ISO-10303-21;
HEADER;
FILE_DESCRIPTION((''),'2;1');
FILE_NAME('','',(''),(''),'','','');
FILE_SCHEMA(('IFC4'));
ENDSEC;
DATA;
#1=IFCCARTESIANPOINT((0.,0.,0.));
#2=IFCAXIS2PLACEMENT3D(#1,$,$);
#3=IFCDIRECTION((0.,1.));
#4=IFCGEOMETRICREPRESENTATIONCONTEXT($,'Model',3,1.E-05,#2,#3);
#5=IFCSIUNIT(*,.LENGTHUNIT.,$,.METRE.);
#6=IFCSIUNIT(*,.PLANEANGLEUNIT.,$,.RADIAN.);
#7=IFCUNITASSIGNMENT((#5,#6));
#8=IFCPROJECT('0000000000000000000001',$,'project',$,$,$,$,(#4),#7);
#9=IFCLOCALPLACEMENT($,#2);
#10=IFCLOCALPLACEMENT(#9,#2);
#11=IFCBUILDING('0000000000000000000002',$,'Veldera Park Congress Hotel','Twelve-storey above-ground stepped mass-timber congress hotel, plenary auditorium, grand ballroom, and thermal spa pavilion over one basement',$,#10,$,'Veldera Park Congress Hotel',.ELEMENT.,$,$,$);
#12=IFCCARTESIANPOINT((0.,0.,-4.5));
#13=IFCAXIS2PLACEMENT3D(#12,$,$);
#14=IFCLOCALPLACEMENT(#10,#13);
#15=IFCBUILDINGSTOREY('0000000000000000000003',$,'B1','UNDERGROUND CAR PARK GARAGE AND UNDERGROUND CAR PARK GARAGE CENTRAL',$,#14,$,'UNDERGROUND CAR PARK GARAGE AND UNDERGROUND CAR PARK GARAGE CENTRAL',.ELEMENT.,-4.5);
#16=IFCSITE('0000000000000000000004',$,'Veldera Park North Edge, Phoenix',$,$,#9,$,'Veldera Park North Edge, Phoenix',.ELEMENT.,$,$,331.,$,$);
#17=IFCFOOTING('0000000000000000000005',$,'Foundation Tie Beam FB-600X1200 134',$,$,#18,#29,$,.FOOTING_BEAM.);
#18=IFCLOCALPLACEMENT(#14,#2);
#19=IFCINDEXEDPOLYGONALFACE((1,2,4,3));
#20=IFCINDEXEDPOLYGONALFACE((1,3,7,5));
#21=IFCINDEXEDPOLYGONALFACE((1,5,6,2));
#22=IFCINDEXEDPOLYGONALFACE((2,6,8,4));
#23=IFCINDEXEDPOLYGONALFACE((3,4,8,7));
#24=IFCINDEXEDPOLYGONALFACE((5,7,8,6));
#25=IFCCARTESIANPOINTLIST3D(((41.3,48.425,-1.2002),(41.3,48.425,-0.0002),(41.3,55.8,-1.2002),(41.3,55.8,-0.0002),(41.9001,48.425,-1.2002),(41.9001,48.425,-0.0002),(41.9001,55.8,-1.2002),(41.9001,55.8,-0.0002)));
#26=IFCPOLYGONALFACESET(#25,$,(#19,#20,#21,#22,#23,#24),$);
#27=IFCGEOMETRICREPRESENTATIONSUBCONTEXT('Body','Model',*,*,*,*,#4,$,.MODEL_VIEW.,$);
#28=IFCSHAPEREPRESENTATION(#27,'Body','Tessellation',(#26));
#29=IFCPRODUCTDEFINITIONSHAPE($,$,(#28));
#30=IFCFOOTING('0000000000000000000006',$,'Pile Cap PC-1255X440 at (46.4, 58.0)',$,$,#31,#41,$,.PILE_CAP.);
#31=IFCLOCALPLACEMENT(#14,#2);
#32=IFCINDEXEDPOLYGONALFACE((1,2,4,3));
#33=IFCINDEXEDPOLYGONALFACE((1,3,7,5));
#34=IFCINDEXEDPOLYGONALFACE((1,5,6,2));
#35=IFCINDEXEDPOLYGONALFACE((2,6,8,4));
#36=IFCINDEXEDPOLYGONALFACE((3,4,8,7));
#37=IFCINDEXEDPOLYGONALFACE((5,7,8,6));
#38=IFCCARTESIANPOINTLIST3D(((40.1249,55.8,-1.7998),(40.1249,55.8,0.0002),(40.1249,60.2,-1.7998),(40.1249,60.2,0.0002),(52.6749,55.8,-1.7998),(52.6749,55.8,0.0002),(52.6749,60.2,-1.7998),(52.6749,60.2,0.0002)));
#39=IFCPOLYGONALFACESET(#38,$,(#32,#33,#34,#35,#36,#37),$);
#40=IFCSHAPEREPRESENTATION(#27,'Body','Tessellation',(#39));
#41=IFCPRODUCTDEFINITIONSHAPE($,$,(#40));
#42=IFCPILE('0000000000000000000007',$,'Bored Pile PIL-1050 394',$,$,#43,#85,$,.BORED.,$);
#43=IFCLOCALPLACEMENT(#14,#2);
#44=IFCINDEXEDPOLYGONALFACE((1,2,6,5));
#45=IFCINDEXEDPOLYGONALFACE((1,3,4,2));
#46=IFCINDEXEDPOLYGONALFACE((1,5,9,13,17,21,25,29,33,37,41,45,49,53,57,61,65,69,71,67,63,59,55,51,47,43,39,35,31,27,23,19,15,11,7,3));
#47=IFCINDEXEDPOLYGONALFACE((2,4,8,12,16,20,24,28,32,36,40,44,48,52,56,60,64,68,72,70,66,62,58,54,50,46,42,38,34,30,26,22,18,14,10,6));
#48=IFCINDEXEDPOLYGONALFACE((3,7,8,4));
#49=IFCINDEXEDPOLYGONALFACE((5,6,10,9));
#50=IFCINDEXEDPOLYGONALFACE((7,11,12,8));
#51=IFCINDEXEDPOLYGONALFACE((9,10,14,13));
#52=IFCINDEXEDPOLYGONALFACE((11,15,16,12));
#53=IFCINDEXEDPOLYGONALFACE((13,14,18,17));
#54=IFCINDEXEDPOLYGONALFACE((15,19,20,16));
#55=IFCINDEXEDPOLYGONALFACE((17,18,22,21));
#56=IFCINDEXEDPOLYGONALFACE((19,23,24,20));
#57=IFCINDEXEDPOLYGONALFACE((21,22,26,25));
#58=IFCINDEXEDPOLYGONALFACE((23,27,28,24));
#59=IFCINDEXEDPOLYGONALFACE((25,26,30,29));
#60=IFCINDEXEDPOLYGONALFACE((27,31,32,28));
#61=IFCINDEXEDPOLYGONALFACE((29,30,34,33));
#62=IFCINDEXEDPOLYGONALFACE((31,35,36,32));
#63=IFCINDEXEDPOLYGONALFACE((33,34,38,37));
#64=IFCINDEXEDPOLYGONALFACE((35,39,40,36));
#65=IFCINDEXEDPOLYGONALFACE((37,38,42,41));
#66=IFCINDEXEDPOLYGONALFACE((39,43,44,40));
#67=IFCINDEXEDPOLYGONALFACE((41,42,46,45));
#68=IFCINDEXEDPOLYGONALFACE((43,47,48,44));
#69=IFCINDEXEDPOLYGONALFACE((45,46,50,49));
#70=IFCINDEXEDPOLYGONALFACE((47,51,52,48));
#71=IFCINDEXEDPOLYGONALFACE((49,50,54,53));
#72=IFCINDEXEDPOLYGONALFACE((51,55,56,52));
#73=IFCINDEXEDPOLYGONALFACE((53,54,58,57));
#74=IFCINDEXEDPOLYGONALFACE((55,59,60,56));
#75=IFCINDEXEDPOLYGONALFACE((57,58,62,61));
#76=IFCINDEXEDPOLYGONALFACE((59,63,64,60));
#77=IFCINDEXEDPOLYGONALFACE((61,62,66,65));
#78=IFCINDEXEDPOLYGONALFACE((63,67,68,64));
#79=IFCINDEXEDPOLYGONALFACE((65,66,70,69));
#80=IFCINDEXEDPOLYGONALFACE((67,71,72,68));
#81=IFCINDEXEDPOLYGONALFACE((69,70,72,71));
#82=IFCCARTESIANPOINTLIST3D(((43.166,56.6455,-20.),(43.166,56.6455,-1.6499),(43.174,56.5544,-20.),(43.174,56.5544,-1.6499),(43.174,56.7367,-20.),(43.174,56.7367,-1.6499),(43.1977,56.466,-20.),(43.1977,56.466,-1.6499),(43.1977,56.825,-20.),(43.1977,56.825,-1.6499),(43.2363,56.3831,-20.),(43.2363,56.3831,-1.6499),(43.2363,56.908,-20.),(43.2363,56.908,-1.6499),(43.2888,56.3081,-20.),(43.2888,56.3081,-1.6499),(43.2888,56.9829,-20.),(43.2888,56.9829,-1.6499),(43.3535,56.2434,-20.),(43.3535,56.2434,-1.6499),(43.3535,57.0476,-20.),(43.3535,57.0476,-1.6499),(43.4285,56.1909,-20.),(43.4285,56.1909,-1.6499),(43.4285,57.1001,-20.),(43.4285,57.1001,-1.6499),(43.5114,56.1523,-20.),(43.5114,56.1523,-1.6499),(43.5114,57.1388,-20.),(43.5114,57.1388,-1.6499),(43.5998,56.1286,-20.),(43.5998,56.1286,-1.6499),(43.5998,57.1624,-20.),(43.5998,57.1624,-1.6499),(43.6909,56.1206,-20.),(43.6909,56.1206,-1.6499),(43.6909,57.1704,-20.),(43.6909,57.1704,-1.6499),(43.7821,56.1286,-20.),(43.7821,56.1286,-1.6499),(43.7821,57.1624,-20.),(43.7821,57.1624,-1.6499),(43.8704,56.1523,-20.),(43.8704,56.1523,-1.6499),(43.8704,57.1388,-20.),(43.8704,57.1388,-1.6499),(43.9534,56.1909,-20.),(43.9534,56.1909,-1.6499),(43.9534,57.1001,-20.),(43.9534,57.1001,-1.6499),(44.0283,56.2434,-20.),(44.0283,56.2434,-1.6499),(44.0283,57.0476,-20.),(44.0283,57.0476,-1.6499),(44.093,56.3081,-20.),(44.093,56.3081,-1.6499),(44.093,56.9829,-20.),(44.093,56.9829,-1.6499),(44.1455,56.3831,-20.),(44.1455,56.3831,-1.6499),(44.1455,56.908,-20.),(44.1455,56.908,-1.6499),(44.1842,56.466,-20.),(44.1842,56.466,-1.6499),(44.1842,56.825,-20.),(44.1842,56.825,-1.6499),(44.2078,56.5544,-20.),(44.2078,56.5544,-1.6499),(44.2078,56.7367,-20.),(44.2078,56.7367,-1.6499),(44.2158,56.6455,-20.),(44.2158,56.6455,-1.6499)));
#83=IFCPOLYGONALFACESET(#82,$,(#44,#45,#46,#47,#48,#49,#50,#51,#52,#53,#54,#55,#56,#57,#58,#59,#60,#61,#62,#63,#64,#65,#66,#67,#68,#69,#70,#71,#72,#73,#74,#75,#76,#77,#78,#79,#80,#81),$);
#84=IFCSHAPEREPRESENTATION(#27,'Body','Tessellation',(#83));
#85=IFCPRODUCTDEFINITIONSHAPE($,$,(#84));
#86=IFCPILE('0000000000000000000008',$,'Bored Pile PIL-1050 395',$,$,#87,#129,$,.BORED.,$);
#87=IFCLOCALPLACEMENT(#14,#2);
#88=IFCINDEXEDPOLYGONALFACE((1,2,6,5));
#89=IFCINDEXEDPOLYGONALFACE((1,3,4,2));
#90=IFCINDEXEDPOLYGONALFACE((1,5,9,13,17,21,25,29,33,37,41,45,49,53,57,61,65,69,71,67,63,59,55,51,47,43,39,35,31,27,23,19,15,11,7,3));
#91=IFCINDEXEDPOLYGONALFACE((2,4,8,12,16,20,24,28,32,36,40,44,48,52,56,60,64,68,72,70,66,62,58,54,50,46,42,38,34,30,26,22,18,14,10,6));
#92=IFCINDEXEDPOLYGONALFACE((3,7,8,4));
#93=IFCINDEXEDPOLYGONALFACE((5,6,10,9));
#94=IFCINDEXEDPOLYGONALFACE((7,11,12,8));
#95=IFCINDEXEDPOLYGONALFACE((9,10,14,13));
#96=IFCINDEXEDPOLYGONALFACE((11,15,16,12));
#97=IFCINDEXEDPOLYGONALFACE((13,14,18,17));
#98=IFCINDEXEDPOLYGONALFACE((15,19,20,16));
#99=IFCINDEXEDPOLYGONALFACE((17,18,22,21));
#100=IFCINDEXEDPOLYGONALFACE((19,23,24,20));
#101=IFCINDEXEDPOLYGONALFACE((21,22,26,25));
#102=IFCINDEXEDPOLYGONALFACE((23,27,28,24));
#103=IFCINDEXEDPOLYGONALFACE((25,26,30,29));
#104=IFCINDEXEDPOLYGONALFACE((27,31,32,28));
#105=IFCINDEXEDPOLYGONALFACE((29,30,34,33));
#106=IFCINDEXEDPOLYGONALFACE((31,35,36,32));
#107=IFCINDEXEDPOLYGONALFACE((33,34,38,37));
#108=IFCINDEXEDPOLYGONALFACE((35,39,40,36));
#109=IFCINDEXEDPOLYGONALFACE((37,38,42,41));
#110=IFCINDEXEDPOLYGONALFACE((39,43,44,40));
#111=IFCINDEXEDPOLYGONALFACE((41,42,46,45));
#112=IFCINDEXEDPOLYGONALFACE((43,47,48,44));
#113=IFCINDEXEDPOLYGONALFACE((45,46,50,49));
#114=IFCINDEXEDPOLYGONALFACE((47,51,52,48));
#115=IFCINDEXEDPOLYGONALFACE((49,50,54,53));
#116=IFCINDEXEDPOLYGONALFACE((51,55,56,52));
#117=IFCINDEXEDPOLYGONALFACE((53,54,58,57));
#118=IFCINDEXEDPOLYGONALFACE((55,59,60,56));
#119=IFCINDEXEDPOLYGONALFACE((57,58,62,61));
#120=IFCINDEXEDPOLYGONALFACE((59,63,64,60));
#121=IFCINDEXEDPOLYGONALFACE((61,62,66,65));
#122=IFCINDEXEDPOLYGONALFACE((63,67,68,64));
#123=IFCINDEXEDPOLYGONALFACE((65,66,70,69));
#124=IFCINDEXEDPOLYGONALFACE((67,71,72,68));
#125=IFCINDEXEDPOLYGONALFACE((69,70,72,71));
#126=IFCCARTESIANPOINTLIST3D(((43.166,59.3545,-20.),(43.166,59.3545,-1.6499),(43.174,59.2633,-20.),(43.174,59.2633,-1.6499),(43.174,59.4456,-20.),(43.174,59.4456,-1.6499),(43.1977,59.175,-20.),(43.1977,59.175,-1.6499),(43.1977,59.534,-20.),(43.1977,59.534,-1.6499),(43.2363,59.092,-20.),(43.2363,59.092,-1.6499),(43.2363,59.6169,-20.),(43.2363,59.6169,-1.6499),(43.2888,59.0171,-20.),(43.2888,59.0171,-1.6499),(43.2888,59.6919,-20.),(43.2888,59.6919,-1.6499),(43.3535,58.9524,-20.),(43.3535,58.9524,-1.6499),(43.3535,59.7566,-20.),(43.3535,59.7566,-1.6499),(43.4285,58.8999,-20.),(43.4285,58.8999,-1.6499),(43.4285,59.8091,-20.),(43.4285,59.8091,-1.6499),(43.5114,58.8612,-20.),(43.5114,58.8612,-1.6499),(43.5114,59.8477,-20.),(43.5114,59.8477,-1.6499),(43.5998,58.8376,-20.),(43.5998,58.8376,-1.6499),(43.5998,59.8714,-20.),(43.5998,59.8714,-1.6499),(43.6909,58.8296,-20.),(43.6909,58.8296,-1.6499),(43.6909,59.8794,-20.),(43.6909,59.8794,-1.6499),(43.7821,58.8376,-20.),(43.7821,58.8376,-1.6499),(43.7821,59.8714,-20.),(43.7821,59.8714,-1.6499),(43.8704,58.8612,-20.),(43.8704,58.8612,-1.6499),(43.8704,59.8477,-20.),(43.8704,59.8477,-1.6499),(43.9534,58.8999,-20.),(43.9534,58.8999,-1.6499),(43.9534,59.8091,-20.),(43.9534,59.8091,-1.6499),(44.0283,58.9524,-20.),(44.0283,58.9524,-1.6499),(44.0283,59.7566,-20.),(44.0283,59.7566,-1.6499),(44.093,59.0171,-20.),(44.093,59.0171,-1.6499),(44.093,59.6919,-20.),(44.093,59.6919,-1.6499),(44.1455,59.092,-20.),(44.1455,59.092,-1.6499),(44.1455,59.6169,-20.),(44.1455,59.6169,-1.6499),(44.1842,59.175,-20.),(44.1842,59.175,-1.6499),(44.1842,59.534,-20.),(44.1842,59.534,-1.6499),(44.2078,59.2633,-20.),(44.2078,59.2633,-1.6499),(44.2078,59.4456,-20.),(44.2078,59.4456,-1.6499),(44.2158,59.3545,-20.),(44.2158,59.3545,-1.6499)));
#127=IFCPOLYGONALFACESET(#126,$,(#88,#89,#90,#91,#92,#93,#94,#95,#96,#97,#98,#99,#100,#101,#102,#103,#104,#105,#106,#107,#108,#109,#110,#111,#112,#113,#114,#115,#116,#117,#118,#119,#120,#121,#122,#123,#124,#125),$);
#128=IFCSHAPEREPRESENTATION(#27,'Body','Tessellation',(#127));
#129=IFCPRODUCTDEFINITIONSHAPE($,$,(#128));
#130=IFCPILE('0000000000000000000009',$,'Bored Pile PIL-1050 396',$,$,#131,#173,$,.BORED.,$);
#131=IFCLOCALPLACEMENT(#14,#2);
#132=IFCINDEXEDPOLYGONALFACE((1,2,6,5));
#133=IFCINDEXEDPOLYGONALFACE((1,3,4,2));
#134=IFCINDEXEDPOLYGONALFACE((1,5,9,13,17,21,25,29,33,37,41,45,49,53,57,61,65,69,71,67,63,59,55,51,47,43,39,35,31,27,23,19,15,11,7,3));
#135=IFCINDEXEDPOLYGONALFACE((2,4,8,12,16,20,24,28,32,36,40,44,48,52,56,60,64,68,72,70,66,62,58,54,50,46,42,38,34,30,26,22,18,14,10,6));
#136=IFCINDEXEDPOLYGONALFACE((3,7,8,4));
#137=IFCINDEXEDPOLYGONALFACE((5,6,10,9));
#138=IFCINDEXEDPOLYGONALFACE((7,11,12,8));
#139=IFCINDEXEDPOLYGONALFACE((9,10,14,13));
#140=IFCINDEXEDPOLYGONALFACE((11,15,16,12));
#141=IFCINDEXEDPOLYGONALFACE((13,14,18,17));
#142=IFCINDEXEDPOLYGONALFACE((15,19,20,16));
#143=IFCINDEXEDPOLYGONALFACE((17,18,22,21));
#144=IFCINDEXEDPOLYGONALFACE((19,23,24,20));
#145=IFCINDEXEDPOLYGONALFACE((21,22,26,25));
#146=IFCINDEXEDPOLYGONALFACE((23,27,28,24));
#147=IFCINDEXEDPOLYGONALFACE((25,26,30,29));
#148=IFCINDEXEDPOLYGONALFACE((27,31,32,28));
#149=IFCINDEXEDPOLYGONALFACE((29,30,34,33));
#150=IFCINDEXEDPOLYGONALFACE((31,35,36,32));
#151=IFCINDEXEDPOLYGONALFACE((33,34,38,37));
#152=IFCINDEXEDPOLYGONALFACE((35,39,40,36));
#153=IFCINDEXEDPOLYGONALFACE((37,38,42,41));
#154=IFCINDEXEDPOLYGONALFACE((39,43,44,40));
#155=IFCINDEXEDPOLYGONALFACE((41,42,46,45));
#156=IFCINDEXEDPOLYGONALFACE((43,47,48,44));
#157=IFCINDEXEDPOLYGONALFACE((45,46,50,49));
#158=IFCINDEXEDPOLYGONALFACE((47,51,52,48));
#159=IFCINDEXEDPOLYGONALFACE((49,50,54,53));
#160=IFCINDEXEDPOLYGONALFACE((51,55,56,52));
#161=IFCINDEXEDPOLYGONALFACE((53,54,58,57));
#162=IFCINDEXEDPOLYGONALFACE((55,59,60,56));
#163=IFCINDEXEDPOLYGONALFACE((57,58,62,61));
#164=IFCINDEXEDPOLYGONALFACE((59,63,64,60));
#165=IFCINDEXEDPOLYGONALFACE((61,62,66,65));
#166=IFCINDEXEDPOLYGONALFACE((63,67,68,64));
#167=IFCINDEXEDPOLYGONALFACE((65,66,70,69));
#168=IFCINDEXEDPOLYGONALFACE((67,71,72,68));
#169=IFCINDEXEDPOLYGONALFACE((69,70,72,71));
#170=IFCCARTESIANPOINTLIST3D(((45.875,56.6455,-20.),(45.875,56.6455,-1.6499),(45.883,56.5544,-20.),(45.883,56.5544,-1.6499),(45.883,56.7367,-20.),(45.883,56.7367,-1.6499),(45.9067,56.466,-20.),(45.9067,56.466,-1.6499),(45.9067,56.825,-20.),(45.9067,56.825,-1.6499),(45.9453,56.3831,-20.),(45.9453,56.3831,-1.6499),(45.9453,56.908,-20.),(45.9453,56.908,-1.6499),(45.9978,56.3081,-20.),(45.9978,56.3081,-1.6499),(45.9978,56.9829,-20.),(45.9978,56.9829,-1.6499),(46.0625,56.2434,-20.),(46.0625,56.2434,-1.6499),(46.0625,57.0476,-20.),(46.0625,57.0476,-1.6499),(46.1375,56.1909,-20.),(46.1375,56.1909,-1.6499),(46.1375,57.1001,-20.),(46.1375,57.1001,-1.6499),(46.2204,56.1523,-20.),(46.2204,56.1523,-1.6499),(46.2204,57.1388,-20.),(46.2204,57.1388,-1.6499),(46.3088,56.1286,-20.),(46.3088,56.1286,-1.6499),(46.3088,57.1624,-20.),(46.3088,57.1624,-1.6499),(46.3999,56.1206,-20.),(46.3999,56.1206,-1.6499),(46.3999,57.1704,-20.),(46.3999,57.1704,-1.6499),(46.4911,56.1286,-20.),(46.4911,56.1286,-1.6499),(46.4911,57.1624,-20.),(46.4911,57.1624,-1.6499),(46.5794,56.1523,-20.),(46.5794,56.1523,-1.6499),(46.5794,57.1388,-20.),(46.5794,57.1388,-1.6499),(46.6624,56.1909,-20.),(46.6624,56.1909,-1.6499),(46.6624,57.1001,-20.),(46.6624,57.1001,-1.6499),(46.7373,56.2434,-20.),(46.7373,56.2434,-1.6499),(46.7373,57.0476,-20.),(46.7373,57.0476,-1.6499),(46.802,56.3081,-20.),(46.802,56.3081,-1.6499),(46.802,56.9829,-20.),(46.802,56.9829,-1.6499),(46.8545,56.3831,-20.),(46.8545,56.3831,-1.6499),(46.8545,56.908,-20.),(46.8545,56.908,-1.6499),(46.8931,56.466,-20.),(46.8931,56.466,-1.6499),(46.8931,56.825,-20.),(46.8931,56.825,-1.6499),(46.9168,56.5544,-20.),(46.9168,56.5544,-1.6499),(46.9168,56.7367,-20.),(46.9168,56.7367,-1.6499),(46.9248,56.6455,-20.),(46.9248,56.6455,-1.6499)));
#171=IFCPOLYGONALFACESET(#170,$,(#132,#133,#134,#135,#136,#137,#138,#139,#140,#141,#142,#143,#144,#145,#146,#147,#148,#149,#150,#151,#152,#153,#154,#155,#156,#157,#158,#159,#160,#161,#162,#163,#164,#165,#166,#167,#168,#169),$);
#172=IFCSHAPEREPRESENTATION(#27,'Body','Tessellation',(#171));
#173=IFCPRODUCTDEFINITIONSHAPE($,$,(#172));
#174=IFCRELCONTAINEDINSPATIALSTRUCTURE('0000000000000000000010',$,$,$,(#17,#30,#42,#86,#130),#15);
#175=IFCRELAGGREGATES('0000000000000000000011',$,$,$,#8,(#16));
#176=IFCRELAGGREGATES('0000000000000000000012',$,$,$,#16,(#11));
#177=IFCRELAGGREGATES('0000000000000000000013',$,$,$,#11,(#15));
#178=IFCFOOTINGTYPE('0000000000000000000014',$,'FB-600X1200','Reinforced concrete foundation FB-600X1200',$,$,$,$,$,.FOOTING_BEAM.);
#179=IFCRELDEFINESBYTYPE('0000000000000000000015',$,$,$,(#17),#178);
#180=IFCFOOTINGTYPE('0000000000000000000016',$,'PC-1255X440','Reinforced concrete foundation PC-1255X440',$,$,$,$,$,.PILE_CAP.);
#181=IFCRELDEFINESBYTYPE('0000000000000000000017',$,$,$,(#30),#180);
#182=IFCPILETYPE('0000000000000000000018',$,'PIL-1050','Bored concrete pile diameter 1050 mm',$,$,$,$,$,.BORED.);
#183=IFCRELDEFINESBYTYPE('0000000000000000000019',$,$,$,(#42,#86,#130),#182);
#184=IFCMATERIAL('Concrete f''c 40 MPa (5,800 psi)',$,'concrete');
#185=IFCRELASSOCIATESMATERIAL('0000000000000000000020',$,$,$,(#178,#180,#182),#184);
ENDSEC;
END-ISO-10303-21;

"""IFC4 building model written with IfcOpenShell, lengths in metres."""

from ifc_helpers import new_model, si_unit, direction, frame, origin, origin_2d, place, context, subcontext, project, spatial, rectangle, circle, extrude, material, material_profile, profile_set, type_object, element, save


model = new_model("IFC4")

# Units and contexts
model_context = context("Model", 3, precision=1e-05, world=origin(), true_north=direction((0.0, 1.0)))
body_context = subcontext(model_context, "Body", "Model", "MODEL_VIEW")
ifc_project = project(units=[si_unit("LENGTHUNIT", "METRE"), si_unit("PLANEANGLEUNIT", "RADIAN")], contexts=[model_context])

# Site, building, storey
site_placement = place(None, origin())
site = spatial("IfcSite", under=ifc_project, at=site_placement, Name="Veldera Park North Edge, Phoenix", LongName="Veldera Park North Edge, Phoenix", CompositionType="ELEMENT", RefElevation=331.0)
building_placement = place(site_placement, origin())
building = spatial("IfcBuilding", under=site, at=building_placement, Name="Veldera Park Congress Hotel", Description="Twelve-storey above-ground stepped mass-timber congress hotel, plenary auditorium, grand ballroom, and thermal spa pavilion over one basement", LongName="Veldera Park Congress Hotel", CompositionType="ELEMENT")
storey_placement = place(building_placement, frame((0.0, 0.0, -4.5)))
storey = spatial("IfcBuildingStorey", under=building, at=storey_placement, Name="B1", Description="UNDERGROUND CAR PARK GARAGE AND UNDERGROUND CAR PARK GARAGE CENTRAL", LongName="UNDERGROUND CAR PARK GARAGE AND UNDERGROUND CAR PARK GARAGE CENTRAL", CompositionType="ELEMENT", Elevation=-4.5)

# Footings
ifc_material_1 = material(Name="Concrete f'c 40 MPa (5,800 psi)", Category="concrete")
footing_type_1 = type_object("IfcFootingType", Name="FB-600X1200", Description="Reinforced concrete foundation FB-600X1200", PredefinedType="FOOTING_BEAM", material=ifc_material_1)
footing_1_placement = place(storey_placement, frame((41.6001, 52.1125, -1.2002), z_axis=(0.0, 0.0, 1.0), x_axis=(0.0, 1.0, 0.0)))
element("IfcFooting", 1, at=footing_1_placement, inside=storey, type_object=footing_type_1, Name="Foundation Tie Beam FB-600X1200 134", PredefinedType="FOOTING_BEAM", context=body_context, shape_type="SweptSolid", body=[
    extrude(rectangle(XDim=7.375, YDim=0.6001, at=origin_2d()), origin(), (0.0, 0.0, 1.0), 1.2),
])
footing_type_2 = type_object("IfcFootingType", Name="PC-1255X440", Description="Reinforced concrete foundation PC-1255X440", PredefinedType="PILE_CAP", material=ifc_material_1)
footing_2_placement = place(storey_placement, frame((46.3999, 58.0, -1.7998), z_axis=(0.0, 0.0, 1.0), x_axis=(1.0, 0.0, 0.0)))
element("IfcFooting", 2, at=footing_2_placement, inside=storey, type_object=footing_type_2, Name="Pile Cap PC-1255X440 at (46.4, 58.0)", PredefinedType="PILE_CAP", context=body_context, shape_type="SweptSolid", body=[
    extrude(rectangle(XDim=12.55, YDim=4.3999, at=origin_2d()), origin(), (0.0, 0.0, 1.0), 1.8),
])

# Piles
ifc_material_profile_1 = material_profile(ifc_material_1, circle(Radius=0.5249, at=origin_2d()), Name="PILE D1050")
ifc_profile_set_1 = profile_set([ifc_material_profile_1], Name="Concrete f'c 40 MPa (5,800 psi)")
pile_type = type_object("IfcPileType", Name="PIL-1050", Description="Bored concrete pile diameter 1050 mm", PredefinedType="BORED", material=ifc_profile_set_1)
for number, where, z_axis, x_axis, name in (
    (3, (43.6909, 56.6455, -1.6499), (0.0, 0.0, -1.0), (1.0, 0.0, 0.0), "Bored Pile PIL-1050 394"),
    (4, (43.6909, 59.3545, -1.6499), (0.0, 0.0, -1.0), (1.0, 0.0, 0.0), "Bored Pile PIL-1050 395"),
    (5, (46.3999, 56.6455, -1.6499), (0.0, 0.0, -1.0), (1.0, 0.0, 0.0), "Bored Pile PIL-1050 396"),
):
    element("IfcPile", number, at=place(storey_placement, frame(where, z_axis=z_axis, x_axis=x_axis)), inside=storey, type_object=pile_type, Name=name, PredefinedType="BORED", context=body_context, shape_type="SweptSolid", body=[
        extrude(circle(Radius=0.5249, at=origin_2d()), origin(), (0.0, 0.0, 1.0), 18.3501),
    ])

save(model, "model.ifc")
